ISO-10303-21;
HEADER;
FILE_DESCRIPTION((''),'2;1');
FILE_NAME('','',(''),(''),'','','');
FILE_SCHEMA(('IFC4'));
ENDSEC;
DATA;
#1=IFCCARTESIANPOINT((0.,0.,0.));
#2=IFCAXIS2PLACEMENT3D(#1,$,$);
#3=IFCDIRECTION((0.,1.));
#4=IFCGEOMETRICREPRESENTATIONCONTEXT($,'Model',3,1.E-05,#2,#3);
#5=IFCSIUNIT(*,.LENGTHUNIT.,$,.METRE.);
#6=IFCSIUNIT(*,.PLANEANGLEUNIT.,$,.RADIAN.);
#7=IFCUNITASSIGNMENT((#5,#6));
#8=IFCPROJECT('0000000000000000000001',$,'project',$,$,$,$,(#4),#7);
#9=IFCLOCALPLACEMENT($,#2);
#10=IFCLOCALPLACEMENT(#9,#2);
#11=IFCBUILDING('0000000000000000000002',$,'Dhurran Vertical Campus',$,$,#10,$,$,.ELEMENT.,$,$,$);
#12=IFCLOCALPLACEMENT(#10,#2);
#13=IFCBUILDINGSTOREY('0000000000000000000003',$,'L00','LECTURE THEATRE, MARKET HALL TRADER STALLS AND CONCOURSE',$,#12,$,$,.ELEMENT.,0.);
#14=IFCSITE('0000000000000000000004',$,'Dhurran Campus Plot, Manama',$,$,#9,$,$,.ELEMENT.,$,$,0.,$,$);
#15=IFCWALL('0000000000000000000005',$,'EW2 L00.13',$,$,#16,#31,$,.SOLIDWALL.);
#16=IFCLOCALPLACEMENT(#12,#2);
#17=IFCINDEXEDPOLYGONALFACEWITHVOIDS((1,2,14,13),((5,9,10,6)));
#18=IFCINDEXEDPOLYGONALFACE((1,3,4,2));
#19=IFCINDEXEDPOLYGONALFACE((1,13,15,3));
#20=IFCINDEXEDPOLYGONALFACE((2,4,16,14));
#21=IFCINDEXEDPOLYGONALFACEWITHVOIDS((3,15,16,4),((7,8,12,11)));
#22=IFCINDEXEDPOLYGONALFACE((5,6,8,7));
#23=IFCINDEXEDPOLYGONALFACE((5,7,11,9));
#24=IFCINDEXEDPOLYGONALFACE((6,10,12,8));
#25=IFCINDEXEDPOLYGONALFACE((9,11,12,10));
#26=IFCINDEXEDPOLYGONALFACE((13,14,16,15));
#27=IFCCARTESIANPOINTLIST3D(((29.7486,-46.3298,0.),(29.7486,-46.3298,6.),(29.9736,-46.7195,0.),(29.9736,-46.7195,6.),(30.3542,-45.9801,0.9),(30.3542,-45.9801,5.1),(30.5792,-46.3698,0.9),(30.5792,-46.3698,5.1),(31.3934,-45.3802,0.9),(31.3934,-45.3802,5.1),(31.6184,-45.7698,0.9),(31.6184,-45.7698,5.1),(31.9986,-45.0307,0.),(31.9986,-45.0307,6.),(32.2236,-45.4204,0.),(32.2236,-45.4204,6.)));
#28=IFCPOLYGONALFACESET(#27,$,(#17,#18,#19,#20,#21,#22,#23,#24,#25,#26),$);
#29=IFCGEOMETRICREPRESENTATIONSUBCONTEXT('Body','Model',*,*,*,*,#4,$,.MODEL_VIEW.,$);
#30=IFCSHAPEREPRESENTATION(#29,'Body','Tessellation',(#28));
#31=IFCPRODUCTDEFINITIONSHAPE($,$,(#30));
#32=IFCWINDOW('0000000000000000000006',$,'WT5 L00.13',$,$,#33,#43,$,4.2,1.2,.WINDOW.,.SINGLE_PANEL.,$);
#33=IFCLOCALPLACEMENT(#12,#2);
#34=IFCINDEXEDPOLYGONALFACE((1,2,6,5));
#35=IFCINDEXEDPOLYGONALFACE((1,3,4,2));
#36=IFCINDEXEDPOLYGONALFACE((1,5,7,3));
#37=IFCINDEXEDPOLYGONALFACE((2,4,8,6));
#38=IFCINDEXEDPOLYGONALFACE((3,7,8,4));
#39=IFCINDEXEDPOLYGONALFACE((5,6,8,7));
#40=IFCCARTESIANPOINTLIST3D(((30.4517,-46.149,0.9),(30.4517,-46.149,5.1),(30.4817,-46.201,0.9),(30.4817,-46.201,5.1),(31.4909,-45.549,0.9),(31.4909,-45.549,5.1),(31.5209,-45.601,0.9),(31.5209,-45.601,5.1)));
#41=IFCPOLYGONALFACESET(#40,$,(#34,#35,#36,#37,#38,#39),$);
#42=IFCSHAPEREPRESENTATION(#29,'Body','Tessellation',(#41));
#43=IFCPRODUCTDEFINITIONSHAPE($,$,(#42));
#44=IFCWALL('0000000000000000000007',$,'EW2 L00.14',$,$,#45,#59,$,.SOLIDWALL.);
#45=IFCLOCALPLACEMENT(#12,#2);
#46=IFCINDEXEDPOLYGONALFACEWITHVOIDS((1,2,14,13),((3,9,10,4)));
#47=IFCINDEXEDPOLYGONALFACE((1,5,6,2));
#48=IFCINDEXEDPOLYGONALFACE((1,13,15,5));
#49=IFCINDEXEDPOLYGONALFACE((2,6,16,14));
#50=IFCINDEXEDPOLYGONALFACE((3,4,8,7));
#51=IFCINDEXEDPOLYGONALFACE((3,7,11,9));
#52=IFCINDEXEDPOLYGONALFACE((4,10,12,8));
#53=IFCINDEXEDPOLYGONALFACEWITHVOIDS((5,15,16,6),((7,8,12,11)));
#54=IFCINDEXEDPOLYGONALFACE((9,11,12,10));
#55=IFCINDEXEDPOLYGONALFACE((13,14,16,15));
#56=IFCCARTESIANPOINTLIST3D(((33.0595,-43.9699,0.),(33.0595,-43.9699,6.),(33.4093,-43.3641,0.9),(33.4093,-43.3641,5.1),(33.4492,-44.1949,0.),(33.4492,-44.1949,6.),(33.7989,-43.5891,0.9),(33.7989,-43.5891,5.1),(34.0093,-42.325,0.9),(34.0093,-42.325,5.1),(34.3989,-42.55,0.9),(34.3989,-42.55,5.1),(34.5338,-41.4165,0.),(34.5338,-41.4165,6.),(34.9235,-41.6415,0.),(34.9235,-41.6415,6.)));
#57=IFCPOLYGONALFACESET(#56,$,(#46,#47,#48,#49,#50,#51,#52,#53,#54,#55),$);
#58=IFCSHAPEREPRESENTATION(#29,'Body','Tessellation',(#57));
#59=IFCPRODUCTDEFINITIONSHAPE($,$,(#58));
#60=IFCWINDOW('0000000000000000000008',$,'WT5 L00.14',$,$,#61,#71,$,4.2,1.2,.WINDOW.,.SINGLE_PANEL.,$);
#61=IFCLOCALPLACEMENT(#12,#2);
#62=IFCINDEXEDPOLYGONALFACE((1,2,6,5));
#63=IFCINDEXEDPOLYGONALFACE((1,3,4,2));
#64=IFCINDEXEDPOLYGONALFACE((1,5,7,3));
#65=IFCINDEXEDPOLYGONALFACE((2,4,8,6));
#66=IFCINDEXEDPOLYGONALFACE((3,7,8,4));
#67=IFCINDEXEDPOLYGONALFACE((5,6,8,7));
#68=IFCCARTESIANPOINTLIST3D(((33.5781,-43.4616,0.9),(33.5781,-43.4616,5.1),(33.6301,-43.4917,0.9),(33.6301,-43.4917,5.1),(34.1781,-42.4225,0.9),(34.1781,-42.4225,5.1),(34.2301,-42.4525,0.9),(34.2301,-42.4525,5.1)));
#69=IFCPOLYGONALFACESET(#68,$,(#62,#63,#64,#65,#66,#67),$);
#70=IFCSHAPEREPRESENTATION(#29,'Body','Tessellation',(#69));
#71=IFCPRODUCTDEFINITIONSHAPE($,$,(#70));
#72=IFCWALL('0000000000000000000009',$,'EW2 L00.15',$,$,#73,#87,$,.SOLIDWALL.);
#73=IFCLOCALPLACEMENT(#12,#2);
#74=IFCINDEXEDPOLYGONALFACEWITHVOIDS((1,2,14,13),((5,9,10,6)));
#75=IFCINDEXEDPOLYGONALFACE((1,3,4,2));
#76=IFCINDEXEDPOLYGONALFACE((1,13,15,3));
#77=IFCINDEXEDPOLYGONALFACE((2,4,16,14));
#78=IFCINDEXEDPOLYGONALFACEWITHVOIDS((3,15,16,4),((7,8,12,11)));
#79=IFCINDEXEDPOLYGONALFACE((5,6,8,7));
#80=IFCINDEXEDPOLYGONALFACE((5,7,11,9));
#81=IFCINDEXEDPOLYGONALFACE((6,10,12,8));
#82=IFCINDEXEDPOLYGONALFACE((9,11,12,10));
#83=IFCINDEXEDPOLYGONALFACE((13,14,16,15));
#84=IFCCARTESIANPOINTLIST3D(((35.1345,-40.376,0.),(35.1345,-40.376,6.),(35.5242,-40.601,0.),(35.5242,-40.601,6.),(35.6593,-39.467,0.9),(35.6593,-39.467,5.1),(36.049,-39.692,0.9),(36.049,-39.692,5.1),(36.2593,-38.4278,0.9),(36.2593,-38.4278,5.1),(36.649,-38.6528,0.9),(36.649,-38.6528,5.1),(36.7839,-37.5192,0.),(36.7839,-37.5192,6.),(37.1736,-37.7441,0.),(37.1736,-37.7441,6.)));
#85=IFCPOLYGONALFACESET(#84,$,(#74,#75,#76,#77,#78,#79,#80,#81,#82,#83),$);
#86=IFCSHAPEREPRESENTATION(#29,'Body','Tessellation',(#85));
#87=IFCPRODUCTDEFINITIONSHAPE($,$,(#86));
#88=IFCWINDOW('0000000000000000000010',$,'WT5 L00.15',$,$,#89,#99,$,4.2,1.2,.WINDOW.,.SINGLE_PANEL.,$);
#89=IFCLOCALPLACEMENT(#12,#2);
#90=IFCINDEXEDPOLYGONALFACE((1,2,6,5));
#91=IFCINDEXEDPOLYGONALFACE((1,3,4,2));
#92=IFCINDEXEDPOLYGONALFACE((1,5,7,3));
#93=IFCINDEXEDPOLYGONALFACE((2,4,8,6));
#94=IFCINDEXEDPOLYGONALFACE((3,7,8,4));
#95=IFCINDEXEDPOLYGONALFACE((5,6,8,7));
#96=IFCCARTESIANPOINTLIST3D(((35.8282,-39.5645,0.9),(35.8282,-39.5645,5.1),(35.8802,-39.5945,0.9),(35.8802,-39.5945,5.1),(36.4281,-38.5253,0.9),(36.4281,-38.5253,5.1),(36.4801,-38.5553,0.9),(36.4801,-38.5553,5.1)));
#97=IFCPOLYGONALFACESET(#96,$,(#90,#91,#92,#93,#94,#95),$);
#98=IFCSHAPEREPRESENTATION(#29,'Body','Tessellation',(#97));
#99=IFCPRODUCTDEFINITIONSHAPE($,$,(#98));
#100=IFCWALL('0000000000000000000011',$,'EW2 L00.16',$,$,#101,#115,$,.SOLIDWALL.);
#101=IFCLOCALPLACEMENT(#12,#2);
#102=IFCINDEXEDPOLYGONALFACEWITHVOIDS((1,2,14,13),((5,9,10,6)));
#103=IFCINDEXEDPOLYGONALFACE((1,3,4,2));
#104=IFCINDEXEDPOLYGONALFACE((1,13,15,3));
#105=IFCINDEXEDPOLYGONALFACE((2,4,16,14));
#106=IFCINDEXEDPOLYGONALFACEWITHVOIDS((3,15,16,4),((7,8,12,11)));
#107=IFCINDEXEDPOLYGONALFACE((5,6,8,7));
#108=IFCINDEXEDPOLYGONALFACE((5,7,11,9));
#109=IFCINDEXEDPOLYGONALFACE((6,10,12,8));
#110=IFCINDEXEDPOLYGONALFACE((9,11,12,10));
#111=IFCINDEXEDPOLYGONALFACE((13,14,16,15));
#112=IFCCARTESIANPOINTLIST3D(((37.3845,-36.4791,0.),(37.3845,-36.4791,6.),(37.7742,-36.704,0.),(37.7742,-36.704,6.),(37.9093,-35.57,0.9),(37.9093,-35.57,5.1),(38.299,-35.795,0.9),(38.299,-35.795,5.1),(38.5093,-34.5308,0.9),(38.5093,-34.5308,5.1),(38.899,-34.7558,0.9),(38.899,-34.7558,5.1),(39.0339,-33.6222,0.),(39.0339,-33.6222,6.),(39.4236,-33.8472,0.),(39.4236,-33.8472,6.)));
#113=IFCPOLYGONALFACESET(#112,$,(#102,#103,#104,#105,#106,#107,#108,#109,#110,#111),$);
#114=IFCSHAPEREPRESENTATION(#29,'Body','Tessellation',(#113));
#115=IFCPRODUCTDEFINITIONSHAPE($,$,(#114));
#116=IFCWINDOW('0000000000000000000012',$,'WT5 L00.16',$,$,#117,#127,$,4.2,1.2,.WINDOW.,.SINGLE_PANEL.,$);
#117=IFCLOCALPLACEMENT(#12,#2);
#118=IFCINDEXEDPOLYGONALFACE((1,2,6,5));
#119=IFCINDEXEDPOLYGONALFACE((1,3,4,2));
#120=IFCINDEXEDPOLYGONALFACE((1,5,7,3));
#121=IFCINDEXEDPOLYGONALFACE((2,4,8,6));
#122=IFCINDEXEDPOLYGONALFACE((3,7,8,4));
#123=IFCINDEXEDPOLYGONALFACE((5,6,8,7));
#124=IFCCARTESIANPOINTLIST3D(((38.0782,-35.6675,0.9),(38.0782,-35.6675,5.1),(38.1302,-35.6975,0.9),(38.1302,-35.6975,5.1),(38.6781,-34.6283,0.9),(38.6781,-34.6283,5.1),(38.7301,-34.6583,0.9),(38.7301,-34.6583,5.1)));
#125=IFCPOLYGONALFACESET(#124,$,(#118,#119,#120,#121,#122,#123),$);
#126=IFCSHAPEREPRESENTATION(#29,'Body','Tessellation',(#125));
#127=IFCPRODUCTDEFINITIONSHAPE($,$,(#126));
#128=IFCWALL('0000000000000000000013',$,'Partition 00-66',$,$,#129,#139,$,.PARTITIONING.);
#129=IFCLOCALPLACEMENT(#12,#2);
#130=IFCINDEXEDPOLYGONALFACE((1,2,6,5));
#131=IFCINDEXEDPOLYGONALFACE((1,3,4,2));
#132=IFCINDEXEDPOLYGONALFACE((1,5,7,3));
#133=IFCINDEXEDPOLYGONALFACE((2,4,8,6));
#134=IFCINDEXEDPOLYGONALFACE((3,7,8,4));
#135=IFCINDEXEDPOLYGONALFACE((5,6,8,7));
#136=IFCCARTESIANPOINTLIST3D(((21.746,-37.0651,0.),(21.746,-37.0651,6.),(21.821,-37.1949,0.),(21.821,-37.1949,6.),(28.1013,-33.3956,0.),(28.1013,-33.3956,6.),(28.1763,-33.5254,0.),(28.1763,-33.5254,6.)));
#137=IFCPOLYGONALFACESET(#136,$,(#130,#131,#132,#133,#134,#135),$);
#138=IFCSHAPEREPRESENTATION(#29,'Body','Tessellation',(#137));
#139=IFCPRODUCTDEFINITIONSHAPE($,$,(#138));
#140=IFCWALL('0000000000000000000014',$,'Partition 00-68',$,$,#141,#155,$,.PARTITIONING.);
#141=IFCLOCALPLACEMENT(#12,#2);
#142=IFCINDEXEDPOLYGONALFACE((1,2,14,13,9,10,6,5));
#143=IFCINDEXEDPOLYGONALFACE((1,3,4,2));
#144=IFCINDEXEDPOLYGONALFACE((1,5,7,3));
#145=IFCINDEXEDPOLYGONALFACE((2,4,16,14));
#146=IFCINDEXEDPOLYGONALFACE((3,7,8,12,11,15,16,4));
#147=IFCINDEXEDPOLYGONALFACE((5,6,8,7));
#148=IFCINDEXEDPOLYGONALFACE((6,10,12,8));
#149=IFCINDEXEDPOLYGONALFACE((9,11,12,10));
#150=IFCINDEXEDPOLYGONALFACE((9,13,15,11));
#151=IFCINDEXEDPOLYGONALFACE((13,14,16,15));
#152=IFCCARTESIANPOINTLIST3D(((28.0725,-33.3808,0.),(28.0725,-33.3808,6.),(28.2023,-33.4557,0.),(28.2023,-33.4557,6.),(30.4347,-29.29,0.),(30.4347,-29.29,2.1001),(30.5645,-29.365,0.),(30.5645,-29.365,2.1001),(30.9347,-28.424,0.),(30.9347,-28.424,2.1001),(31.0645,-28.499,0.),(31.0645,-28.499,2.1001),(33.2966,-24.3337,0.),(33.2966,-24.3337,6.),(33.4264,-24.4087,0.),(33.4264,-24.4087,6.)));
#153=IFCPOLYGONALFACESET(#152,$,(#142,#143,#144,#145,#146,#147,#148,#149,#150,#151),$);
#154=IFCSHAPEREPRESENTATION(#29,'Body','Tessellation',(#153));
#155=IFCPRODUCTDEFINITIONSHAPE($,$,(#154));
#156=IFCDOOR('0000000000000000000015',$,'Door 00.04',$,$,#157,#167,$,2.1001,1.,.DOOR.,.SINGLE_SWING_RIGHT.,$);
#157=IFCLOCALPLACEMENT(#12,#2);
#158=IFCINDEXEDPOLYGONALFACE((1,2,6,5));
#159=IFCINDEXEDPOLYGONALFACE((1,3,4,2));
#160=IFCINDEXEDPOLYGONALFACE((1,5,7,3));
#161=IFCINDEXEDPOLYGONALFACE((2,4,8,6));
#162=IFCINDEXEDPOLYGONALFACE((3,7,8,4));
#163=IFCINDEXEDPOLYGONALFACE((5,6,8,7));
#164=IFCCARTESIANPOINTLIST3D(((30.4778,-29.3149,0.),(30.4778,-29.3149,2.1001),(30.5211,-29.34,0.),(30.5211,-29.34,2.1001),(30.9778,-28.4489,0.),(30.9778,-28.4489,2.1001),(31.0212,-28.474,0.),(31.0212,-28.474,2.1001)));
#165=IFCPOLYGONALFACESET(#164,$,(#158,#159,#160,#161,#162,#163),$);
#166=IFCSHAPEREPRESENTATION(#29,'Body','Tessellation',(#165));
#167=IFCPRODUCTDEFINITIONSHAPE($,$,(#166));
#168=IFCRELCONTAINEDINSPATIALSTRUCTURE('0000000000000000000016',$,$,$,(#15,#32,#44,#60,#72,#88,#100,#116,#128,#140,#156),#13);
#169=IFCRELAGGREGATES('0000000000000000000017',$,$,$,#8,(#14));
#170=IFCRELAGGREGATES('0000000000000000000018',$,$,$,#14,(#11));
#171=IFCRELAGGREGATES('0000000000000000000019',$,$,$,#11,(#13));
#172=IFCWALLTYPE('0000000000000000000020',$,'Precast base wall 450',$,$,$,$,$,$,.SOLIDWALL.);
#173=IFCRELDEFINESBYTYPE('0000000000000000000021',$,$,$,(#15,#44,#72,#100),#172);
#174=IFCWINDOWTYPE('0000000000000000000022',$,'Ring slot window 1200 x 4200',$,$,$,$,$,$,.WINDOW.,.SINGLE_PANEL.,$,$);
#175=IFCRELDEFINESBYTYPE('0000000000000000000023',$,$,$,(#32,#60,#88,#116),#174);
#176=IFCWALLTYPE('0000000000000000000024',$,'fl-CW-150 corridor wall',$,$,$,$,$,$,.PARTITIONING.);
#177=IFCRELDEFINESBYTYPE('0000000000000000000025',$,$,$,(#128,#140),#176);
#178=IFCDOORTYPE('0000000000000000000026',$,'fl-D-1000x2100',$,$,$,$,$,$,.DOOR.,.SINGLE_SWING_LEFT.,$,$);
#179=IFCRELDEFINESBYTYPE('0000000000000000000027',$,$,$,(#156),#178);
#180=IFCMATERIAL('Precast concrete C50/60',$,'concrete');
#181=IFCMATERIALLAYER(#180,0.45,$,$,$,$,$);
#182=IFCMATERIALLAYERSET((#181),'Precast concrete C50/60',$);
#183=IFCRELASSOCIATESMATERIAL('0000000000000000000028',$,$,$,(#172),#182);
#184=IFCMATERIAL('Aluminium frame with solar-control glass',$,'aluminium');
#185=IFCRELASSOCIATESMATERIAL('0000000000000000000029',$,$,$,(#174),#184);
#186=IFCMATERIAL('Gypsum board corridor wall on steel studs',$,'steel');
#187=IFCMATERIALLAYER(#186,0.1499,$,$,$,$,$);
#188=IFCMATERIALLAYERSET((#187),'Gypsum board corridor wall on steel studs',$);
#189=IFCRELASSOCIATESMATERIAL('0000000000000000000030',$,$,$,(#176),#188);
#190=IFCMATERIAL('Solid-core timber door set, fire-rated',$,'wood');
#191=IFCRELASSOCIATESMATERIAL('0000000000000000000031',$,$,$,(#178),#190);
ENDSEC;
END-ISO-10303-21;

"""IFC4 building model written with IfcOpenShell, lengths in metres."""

from ifc_helpers import new_model, si_unit, direction, frame, frame_2d, origin, place, context, subcontext, project, spatial, rectangle, extrude, material, layer, layer_set, type_object, element, fill, save


model = new_model("IFC4")

# Units and contexts
model_context = context("Model", 3, precision=1e-05, world=origin(), true_north=direction((0.0, 1.0)))
body_context = subcontext(model_context, "Body", "Model", "MODEL_VIEW")
ifc_project = project(units=[si_unit("LENGTHUNIT", "METRE"), si_unit("PLANEANGLEUNIT", "RADIAN")], contexts=[model_context])

# Site, building, storey
site_placement = place(None, origin())
site = spatial("IfcSite", under=ifc_project, at=site_placement, Name="Dhurran Campus Plot, Manama", CompositionType="ELEMENT", RefElevation=0.0)
building_placement = place(site_placement, origin())
building = spatial("IfcBuilding", under=site, at=building_placement, Name="Dhurran Vertical Campus", CompositionType="ELEMENT")
storey_placement = place(building_placement, origin())
storey = spatial("IfcBuildingStorey", under=building, at=storey_placement, Name="L00", Description="LECTURE THEATRE, MARKET HALL TRADER STALLS AND CONCOURSE", CompositionType="ELEMENT", Elevation=0.0)

# Walls, openings, windows
ifc_material_1 = material(Name="Precast concrete C50/60", Category="concrete")
ifc_layer_1 = layer(ifc_material_1, 0.45)
ifc_layer_set_1 = layer_set([ifc_layer_1], Name="Precast concrete C50/60")
wall_type_1 = type_object("IfcWallType", Name="Precast base wall 450", PredefinedType="SOLIDWALL", material=ifc_layer_set_1)
ifc_material_2 = material(Name="Aluminium frame with solar-control glass", Category="aluminium")
window_type = type_object("IfcWindowType", Name="Ring slot window 1200 x 4200", PartitioningType="SINGLE_PANEL", PredefinedType="WINDOW", material=ifc_material_2)
wall_1_placement = place(storey_placement, frame((29.8611, -46.5247, 0.0), z_axis=(0.0, 0.0, 1.0), x_axis=(0.86602, 0.50001, 0.0)))
wall_1 = element("IfcWall", 1, at=wall_1_placement, inside=storey, type_object=wall_type_1, Name="EW2 L00.13", PredefinedType="SOLIDWALL", context=body_context, shape_type="SweptSolid", body=[
    extrude(rectangle(XDim=2.5981, YDim=0.45, at=frame_2d((1.2991, 0.0))), origin(), (0.0, 0.0, 1.0), 6.0),
])
opening_1_placement = place(wall_1_placement, frame((0.6992, 0.0, 0.8999)))
opening_1 = element("IfcOpeningElement", 2, at=opening_1_placement, cuts=wall_1, PredefinedType="OPENING", context=body_context, shape_type="SweptSolid", body=[
    extrude(rectangle(XDim=1.2, YDim=4.2, at=frame_2d((0.6001, 2.1001))), frame((0.0, 0.2349, 0.0), z_axis=(0.0, -1.0, 0.0), x_axis=(1.0, 0.0, 0.0)), (0.0, 0.0, 1.0), 0.47),
])
window_1_placement = place(opening_1_placement, origin())
window_1 = element("IfcWindow", 3, at=window_1_placement, inside=storey, type_object=window_type, Name="WT5 L00.13", OverallHeight=4.2, OverallWidth=1.2, PartitioningType="SINGLE_PANEL", PredefinedType="WINDOW", context=body_context, shape_type="SweptSolid", body=[
    extrude(rectangle(XDim=1.2, YDim=4.2, at=frame_2d((0.6001, 2.1001))), frame((0.0, 0.03, 0.0), z_axis=(0.0, -1.0, 0.0), x_axis=(1.0, 0.0, 0.0)), (0.0, 0.0, 1.0), 0.0601),
])
fill(opening_1, window_1)
wall_2_placement = place(storey_placement, frame((33.2544, -44.0823, 0.0), z_axis=(0.0, 0.0, 1.0), x_axis=(0.500031, 0.866008, 0.0)))
wall_2 = element("IfcWall", 4, at=wall_2_placement, inside=storey, type_object=wall_type_1, Name="EW2 L00.14", PredefinedType="SOLIDWALL", context=body_context, shape_type="SweptSolid", body=[
    extrude(rectangle(XDim=2.9485, YDim=0.45, at=frame_2d((1.4741, 0.0))), origin(), (0.0, 0.0, 1.0), 6.0),
])
opening_2_placement = place(wall_2_placement, frame((0.6992, 0.0, 0.8999)))
opening_2 = element("IfcOpeningElement", 5, at=opening_2_placement, cuts=wall_2, PredefinedType="OPENING", context=body_context, shape_type="SweptSolid", body=[
    extrude(rectangle(XDim=1.2, YDim=4.2, at=frame_2d((0.6001, 2.1001))), frame((0.0, 0.2349, 0.0), z_axis=(0.0, -1.0, 0.0), x_axis=(1.0, 0.0, 0.0)), (0.0, 0.0, 1.0), 0.47),
])
window_2_placement = place(opening_2_placement, origin())
window_2 = element("IfcWindow", 6, at=window_2_placement, inside=storey, type_object=window_type, Name="WT5 L00.14", OverallHeight=4.2, OverallWidth=1.2, PartitioningType="SINGLE_PANEL", PredefinedType="WINDOW", context=body_context, shape_type="SweptSolid", body=[
    extrude(rectangle(XDim=1.2, YDim=4.2, at=frame_2d((0.6001, 2.1001))), frame((0.0, 0.03, 0.0), z_axis=(0.0, -1.0, 0.0), x_axis=(1.0, 0.0, 0.0)), (0.0, 0.0, 1.0), 0.0601),
])
fill(opening_2, window_2)
wall_3_placement = place(storey_placement, frame((35.3293, -40.4885, 0.0), z_axis=(0.0, 0.0, 1.0), x_axis=(0.499992, 0.86603, 0.0)))
wall_3 = element("IfcWall", 7, at=wall_3_placement, inside=storey, type_object=wall_type_1, Name="EW2 L00.15", PredefinedType="SOLIDWALL", context=body_context, shape_type="SweptSolid", body=[
    extrude(rectangle(XDim=3.2988, YDim=0.45, at=frame_2d((1.6494, 0.0))), origin(), (0.0, 0.0, 1.0), 6.0),
])
opening_3_placement = place(wall_3_placement, frame((1.0496, 0.0, 0.8999)))
opening_3 = element("IfcOpeningElement", 8, at=opening_3_placement, cuts=wall_3, PredefinedType="OPENING", context=body_context, shape_type="SweptSolid", body=[
    extrude(rectangle(XDim=1.2, YDim=4.2, at=frame_2d((0.6001, 2.1001))), frame((0.0, 0.2349, 0.0), z_axis=(0.0, -1.0, 0.0), x_axis=(1.0, 0.0, 0.0)), (0.0, 0.0, 1.0), 0.47),
])
window_3_placement = place(opening_3_placement, origin())
window_3 = element("IfcWindow", 9, at=window_3_placement, inside=storey, type_object=window_type, Name="WT5 L00.15", OverallHeight=4.2, OverallWidth=1.2, PartitioningType="SINGLE_PANEL", PredefinedType="WINDOW", context=body_context, shape_type="SweptSolid", body=[
    extrude(rectangle(XDim=1.2, YDim=4.2, at=frame_2d((0.6001, 2.1001))), frame((0.0, 0.03, 0.0), z_axis=(0.0, -1.0, 0.0), x_axis=(1.0, 0.0, 0.0)), (0.0, 0.0, 1.0), 0.0601),
])
fill(opening_3, window_3)
wall_4_placement = place(storey_placement, frame((37.5793, -36.5916, 0.0), z_axis=(0.0, 0.0, 1.0), x_axis=(0.499992, 0.86603, 0.0)))
wall_4 = element("IfcWall", 10, at=wall_4_placement, inside=storey, type_object=wall_type_1, Name="EW2 L00.16", PredefinedType="SOLIDWALL", context=body_context, shape_type="SweptSolid", body=[
    extrude(rectangle(XDim=3.2988, YDim=0.45, at=frame_2d((1.6494, 0.0))), origin(), (0.0, 0.0, 1.0), 6.0),
])
opening_4_placement = place(wall_4_placement, frame((1.0496, 0.0, 0.8999)))
opening_4 = element("IfcOpeningElement", 11, at=opening_4_placement, cuts=wall_4, PredefinedType="OPENING", context=body_context, shape_type="SweptSolid", body=[
    extrude(rectangle(XDim=1.2, YDim=4.2, at=frame_2d((0.6001, 2.1001))), frame((0.0, 0.2349, 0.0), z_axis=(0.0, -1.0, 0.0), x_axis=(1.0, 0.0, 0.0)), (0.0, 0.0, 1.0), 0.47),
])
window_4_placement = place(opening_4_placement, origin())
window_4 = element("IfcWindow", 12, at=window_4_placement, inside=storey, type_object=window_type, Name="WT5 L00.16", OverallHeight=4.2, OverallWidth=1.2, PartitioningType="SINGLE_PANEL", PredefinedType="WINDOW", context=body_context, shape_type="SweptSolid", body=[
    extrude(rectangle(XDim=1.2, YDim=4.2, at=frame_2d((0.6001, 2.1001))), frame((0.0, 0.03, 0.0), z_axis=(0.0, -1.0, 0.0), x_axis=(1.0, 0.0, 0.0)), (0.0, 0.0, 1.0), 0.0601),
])
fill(opening_4, window_4)

# Wall
ifc_material_3 = material(Name="Gypsum board corridor wall on steel studs", Category="steel")
ifc_layer_2 = layer(ifc_material_3, 0.1499)
ifc_layer_set_2 = layer_set([ifc_layer_2], Name="Gypsum board corridor wall on steel studs")
wall_type_2 = type_object("IfcWallType", Name="fl-CW-150 corridor wall", PredefinedType="PARTITIONING", material=ifc_layer_set_2)
wall_5_placement = place(storey_placement, frame((28.1389, -33.4604, 0.0), z_axis=(0.0, 0.0, 1.0), x_axis=(-0.866011, -0.500025, 0.0)))
element("IfcWall", 13, at=wall_5_placement, inside=storey, type_object=wall_type_2, Name="Partition 00-66", PredefinedType="PARTITIONING", context=body_context, shape_type="SweptSolid", body=[
    extrude(rectangle(XDim=7.3386, YDim=0.1499, at=frame_2d((3.6694, 0.0))), origin(), (0.0, 0.0, 1.0), 6.0),
])

# Wall, opening, door
wall_6_placement = place(storey_placement, frame((33.3616, -24.3711, 0.0), z_axis=(0.0, 0.0, 1.0), x_axis=(-0.500055, -0.865994, 0.0)))
wall_6 = element("IfcWall", 14, at=wall_6_placement, inside=storey, type_object=wall_type_2, Name="Partition 00-68", PredefinedType="PARTITIONING", context=body_context, shape_type="SweptSolid", body=[
    extrude(rectangle(XDim=10.447, YDim=0.1499, at=frame_2d((5.2236, 0.0))), origin(), (0.0, 0.0, 1.0), 6.0),
])
opening_5_placement = place(wall_6_placement, frame((4.7234, 0.0, 0.0)))
opening_5 = element("IfcOpeningElement", 15, at=opening_5_placement, cuts=wall_6, PredefinedType="OPENING", context=body_context, shape_type="SweptSolid", body=[
    extrude(rectangle(XDim=1.0, YDim=2.1001, at=frame_2d((0.5, 1.05))), frame((0.0, 0.085, 0.0), z_axis=(0.0, -1.0, 0.0), x_axis=(1.0, 0.0, 0.0)), (0.0, 0.0, 1.0), 0.1699),
])
ifc_material_4 = material(Name="Solid-core timber door set, fire-rated", Category="wood")
door_type = type_object("IfcDoorType", Name="fl-D-1000x2100", OperationType="SINGLE_SWING_LEFT", PredefinedType="DOOR", material=ifc_material_4)
door_placement = place(opening_5_placement, origin())
door = element("IfcDoor", 16, at=door_placement, inside=storey, type_object=door_type, Name="Door 00.04", OperationType="SINGLE_SWING_RIGHT", OverallHeight=2.1001, OverallWidth=1.0, PredefinedType="DOOR", context=body_context, shape_type="SweptSolid", body=[
    extrude(rectangle(XDim=1.0, YDim=2.1001, at=frame_2d((0.5, 1.05))), frame((0.0, 0.0249, 0.0), z_axis=(0.0, -1.0, 0.0), x_axis=(1.0, 0.0, 0.0)), (0.0, 0.0, 1.0), 0.05),
])
fill(opening_5, door)

save(model, "model.ifc")
